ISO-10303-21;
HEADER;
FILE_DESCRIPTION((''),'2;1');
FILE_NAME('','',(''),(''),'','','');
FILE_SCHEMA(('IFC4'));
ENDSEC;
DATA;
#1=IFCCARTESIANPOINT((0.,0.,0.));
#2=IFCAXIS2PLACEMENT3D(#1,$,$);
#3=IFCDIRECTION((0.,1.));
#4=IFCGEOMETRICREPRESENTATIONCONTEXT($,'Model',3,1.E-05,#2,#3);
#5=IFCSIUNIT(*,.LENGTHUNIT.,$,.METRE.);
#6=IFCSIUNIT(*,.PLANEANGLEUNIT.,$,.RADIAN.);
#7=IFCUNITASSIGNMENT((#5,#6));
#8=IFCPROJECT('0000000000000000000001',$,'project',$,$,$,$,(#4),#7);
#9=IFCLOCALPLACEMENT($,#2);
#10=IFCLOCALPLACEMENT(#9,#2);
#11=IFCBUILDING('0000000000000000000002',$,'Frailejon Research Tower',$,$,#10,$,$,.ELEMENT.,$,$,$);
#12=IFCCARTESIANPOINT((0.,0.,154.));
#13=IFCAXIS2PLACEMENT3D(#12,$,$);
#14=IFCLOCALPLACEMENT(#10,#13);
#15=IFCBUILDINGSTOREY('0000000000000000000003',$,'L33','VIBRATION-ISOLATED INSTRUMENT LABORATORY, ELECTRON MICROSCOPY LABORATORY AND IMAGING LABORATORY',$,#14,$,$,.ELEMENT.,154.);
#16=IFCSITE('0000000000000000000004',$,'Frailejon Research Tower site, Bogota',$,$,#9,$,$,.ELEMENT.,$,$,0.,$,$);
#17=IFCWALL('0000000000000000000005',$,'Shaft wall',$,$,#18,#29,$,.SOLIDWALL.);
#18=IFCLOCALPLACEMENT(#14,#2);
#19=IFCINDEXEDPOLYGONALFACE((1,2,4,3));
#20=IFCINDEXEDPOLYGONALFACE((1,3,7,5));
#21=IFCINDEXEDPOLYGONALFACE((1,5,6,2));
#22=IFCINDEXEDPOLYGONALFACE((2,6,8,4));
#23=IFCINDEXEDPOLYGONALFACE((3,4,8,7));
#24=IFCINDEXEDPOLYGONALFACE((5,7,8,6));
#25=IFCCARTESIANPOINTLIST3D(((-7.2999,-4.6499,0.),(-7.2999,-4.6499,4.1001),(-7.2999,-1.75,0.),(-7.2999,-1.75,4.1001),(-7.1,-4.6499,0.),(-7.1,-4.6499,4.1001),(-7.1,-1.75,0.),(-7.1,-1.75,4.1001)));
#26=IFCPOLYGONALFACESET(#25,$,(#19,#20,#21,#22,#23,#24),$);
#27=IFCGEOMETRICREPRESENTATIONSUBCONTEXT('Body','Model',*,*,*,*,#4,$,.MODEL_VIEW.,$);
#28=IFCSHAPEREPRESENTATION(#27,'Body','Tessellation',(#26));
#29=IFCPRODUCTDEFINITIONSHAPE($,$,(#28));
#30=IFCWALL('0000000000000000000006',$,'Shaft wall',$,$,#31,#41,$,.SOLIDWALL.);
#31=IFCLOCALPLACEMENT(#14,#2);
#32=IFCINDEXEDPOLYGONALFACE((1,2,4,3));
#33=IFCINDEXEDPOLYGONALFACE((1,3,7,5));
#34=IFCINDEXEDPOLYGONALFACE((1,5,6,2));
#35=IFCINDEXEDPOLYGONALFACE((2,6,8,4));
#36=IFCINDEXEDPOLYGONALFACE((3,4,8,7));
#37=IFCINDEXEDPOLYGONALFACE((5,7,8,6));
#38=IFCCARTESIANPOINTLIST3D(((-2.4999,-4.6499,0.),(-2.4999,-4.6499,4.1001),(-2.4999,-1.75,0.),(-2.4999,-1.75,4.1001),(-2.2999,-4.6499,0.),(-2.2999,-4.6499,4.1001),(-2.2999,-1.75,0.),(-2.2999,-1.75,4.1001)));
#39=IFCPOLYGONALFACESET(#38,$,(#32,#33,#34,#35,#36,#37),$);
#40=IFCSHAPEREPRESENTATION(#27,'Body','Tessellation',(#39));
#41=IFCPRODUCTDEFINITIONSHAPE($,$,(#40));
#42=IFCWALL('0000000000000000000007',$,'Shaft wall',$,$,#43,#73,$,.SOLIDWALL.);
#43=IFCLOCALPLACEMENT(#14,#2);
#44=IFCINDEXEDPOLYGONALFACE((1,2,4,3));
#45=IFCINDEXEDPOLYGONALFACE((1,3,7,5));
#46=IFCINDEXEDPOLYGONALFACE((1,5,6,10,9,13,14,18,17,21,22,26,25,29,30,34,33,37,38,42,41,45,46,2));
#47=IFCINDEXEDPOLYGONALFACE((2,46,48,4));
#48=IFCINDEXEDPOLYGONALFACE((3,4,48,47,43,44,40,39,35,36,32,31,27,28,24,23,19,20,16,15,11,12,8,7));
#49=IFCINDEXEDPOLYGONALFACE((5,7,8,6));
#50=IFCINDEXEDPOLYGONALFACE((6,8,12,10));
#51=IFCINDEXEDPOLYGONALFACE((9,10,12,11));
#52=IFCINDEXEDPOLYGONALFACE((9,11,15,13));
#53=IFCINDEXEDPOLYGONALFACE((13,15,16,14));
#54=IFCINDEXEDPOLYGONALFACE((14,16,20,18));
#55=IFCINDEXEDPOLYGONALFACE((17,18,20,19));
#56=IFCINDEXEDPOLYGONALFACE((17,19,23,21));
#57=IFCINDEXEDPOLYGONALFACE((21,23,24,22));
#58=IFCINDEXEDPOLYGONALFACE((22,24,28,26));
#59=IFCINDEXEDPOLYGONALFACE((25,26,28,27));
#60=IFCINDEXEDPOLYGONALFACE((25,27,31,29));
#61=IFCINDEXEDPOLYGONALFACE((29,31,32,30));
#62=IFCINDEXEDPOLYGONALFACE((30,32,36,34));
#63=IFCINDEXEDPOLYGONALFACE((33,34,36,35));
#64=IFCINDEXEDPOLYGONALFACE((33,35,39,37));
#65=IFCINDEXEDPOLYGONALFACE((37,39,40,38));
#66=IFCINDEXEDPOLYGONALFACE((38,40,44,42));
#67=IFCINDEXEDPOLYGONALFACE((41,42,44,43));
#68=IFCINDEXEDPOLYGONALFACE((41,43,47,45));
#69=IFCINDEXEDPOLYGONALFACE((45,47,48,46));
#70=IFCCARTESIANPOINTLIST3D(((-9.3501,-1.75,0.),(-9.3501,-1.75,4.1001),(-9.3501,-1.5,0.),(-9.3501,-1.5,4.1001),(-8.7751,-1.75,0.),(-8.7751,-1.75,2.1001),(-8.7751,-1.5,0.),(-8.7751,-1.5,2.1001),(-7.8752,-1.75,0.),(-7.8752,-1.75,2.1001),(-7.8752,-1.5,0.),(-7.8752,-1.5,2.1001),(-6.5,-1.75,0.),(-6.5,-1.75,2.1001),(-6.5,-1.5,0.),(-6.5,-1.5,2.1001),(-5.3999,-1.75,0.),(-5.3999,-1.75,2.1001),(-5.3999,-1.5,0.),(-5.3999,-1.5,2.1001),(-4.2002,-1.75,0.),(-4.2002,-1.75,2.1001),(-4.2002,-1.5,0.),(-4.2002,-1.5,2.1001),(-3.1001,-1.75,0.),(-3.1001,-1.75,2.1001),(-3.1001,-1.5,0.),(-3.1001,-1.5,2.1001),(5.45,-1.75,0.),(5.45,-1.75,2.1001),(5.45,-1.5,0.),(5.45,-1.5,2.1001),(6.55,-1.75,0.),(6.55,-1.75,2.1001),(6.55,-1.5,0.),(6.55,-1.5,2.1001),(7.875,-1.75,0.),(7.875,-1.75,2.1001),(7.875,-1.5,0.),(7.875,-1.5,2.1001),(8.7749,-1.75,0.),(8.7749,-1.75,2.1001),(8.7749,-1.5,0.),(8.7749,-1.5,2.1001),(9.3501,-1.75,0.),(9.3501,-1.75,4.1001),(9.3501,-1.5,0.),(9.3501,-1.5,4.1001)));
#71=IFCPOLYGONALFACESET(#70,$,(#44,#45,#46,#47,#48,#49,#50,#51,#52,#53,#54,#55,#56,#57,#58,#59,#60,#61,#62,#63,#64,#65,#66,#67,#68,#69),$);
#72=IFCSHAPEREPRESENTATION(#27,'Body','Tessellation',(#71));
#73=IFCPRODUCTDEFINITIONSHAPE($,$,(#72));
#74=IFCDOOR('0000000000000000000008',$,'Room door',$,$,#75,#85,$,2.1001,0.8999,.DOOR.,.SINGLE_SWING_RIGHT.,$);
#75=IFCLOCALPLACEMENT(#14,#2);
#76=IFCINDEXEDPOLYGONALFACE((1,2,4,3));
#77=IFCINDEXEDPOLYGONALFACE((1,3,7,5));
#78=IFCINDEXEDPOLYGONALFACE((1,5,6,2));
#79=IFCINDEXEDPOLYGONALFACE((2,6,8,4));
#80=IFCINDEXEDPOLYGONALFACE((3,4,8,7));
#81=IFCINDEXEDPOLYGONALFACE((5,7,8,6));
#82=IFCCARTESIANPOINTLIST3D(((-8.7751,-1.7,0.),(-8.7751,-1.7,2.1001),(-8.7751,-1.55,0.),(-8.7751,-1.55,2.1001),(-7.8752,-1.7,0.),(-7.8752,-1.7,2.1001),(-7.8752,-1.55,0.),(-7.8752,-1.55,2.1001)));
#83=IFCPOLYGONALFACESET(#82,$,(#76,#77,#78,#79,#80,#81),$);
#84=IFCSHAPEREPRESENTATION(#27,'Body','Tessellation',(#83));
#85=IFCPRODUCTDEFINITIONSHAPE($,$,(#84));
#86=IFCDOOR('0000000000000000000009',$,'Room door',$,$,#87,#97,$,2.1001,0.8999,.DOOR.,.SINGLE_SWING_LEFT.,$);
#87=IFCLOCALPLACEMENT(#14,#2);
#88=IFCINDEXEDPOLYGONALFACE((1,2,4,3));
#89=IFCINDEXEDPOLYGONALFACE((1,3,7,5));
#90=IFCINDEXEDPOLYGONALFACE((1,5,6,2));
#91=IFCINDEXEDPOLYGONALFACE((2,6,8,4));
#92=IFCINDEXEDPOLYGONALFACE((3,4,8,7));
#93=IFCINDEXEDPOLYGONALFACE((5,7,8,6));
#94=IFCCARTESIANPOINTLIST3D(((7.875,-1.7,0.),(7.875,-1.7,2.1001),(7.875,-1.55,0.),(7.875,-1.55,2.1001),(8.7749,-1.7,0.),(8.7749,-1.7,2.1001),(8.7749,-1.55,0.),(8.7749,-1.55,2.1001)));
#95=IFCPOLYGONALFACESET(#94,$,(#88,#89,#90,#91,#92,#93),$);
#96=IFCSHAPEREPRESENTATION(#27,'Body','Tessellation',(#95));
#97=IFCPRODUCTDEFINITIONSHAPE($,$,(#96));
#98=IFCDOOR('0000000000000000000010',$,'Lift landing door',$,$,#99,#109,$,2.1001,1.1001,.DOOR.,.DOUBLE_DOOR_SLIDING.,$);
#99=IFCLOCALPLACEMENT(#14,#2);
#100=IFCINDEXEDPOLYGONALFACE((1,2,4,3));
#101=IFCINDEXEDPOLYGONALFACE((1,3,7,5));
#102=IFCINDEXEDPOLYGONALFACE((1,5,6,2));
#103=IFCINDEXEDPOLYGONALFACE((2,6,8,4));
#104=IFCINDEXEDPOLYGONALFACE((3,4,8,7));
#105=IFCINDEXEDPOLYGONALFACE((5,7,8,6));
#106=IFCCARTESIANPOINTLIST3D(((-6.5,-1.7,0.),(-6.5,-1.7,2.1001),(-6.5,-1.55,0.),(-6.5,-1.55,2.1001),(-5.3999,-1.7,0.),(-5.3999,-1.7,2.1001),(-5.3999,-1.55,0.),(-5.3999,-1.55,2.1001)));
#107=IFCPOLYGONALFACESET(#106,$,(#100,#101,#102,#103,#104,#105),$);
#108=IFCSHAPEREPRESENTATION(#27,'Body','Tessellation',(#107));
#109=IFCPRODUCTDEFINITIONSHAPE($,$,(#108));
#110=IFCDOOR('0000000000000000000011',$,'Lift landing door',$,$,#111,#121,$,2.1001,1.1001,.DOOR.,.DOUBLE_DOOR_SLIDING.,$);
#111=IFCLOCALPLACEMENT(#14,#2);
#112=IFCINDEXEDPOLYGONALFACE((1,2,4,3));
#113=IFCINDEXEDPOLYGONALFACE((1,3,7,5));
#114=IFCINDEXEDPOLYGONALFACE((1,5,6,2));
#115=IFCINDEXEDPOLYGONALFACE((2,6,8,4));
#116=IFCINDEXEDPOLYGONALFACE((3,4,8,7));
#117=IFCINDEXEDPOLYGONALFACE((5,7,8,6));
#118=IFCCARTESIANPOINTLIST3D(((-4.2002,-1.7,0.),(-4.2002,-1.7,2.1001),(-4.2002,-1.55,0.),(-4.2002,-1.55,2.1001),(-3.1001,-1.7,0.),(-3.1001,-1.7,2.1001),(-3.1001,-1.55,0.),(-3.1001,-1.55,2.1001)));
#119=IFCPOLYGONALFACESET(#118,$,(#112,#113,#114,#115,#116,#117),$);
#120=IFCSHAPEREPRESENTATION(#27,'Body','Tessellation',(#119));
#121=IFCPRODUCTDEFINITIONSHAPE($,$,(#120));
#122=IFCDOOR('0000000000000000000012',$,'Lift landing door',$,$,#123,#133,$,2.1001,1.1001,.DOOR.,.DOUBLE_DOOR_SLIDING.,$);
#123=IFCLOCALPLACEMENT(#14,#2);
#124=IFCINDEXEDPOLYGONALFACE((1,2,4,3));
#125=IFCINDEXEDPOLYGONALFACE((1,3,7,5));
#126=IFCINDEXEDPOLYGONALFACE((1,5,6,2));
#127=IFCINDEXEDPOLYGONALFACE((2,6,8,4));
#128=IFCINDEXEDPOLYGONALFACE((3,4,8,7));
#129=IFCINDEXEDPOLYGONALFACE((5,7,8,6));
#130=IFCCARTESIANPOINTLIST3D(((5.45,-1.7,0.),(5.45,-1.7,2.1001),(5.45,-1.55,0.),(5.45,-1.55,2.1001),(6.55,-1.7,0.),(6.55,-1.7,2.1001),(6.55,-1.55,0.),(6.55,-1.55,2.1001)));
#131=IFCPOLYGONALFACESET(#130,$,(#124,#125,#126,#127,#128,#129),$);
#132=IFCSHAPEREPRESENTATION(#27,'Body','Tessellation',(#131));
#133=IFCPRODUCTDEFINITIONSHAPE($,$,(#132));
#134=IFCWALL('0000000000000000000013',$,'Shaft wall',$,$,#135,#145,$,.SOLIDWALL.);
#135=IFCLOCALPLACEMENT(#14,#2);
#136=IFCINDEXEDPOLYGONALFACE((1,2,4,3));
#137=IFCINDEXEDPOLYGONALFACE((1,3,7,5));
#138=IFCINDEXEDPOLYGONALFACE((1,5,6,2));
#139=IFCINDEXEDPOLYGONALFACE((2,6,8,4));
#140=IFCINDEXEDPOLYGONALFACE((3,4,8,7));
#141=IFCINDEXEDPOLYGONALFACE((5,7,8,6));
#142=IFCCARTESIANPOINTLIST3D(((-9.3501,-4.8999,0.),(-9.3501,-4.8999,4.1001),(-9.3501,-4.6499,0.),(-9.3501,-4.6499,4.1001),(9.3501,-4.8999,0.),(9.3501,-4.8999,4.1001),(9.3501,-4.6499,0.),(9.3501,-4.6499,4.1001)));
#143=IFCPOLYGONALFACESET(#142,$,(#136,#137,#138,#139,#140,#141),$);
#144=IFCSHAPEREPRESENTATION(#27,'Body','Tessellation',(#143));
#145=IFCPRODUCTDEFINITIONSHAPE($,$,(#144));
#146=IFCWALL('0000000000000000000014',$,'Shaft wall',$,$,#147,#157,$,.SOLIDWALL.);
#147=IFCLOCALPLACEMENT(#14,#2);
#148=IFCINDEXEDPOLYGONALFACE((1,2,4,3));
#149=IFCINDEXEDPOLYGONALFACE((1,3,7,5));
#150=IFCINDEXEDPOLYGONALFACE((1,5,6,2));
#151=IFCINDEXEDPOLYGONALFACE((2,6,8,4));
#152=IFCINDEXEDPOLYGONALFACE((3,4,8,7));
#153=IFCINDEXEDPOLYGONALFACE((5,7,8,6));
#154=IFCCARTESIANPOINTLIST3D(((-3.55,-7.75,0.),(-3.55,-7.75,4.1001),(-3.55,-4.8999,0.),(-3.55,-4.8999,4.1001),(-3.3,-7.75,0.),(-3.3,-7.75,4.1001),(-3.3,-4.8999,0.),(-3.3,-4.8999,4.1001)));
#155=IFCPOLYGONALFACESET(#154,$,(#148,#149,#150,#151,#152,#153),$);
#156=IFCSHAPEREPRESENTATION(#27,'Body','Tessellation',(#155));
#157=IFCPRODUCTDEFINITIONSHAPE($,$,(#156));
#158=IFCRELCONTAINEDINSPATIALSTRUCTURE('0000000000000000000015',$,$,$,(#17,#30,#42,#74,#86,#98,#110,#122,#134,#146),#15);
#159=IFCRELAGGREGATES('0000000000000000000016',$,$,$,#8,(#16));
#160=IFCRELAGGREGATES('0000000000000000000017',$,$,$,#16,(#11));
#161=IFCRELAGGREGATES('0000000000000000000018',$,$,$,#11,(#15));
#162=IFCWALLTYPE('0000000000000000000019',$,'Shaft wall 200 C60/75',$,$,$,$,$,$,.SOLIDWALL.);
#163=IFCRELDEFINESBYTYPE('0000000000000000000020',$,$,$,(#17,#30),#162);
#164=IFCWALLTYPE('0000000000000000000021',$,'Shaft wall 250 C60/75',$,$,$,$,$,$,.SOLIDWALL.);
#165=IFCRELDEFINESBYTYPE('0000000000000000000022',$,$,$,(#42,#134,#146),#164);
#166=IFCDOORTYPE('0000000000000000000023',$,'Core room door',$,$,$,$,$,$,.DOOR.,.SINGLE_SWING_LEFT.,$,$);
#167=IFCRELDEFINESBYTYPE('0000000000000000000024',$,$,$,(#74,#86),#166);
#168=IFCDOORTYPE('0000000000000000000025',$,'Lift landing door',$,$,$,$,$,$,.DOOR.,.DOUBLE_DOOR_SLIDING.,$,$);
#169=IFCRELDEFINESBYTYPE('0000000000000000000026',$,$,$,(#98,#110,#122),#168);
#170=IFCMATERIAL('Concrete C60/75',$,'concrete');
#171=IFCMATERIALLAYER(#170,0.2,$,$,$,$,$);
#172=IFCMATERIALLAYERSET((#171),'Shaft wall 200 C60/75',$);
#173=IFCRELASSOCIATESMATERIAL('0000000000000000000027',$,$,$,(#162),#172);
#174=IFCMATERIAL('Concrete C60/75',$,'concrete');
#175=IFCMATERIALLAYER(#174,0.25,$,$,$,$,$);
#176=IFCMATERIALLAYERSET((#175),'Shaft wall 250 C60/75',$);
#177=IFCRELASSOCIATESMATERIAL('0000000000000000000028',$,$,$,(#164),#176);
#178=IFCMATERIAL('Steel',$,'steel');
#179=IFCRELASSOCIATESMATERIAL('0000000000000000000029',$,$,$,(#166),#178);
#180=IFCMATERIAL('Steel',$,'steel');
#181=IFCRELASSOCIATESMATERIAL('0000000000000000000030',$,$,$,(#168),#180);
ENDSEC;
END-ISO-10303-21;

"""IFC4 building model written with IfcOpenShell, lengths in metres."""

from ifc_helpers import new_model, si_unit, direction, frame, frame_2d, origin, place, context, subcontext, project, spatial, rectangle, extrude, material, layer, layer_set, type_object, element, fill, save


model = new_model("IFC4")

# Units and contexts
model_context = context("Model", 3, precision=1e-05, world=origin(), true_north=direction((0.0, 1.0)))
body_context = subcontext(model_context, "Body", "Model", "MODEL_VIEW")
ifc_project = project(units=[si_unit("LENGTHUNIT", "METRE"), si_unit("PLANEANGLEUNIT", "RADIAN")], contexts=[model_context])

# Site, building, storey
site_placement = place(None, origin())
site = spatial("IfcSite", under=ifc_project, at=site_placement, Name="Frailejon Research Tower site, Bogota", CompositionType="ELEMENT", RefElevation=0.0)
building_placement = place(site_placement, origin())
building = spatial("IfcBuilding", under=site, at=building_placement, Name="Frailejon Research Tower", CompositionType="ELEMENT")
storey_placement = place(building_placement, frame((0.0, 0.0, 154.0)))
storey = spatial("IfcBuildingStorey", under=building, at=storey_placement, Name="L33", Description="VIBRATION-ISOLATED INSTRUMENT LABORATORY, ELECTRON MICROSCOPY LABORATORY AND IMAGING LABORATORY", CompositionType="ELEMENT", Elevation=154.0)

# Walls
ifc_material_1 = material(Name="Concrete C60/75", Category="concrete")
ifc_layer_1 = layer(ifc_material_1, 0.2)
ifc_layer_set_1 = layer_set([ifc_layer_1], Name="Shaft wall 200 C60/75")
wall_type_1 = type_object("IfcWallType", Name="Shaft wall 200 C60/75", PredefinedType="SOLIDWALL", material=ifc_layer_set_1)
for number, where, z_axis, x_axis, name in (
    (1, (-7.2, -4.6499, 0.0), (0.0, 0.0, 1.0), (0.0, 1.0, 0.0), "Shaft wall"),
    (2, (-2.3999, -4.6499, 0.0), (0.0, 0.0, 1.0), (0.0, 1.0, 0.0), "Shaft wall"),
):
    element("IfcWall", number, at=place(storey_placement, frame(where, z_axis=z_axis, x_axis=x_axis)), inside=storey, type_object=wall_type_1, Name=name, PredefinedType="SOLIDWALL", context=body_context, shape_type="SweptSolid", body=[
        extrude(rectangle(XDim=2.8999, YDim=0.2, at=frame_2d((1.45, 0.0))), origin(), (0.0, 0.0, 1.0), 4.1001),
    ])

# Wall, openings, doors
ifc_material_2 = material(Name="Concrete C60/75", Category="concrete")
ifc_layer_2 = layer(ifc_material_2, 0.25)
ifc_layer_set_2 = layer_set([ifc_layer_2], Name="Shaft wall 250 C60/75")
wall_type_2 = type_object("IfcWallType", Name="Shaft wall 250 C60/75", PredefinedType="SOLIDWALL", material=ifc_layer_set_2)
wall_1_placement = place(storey_placement, frame((-9.3501, -1.625, 0.0), z_axis=(0.0, 0.0, 1.0), x_axis=(1.0, 0.0, 0.0)))
wall_1 = element("IfcWall", 3, at=wall_1_placement, inside=storey, type_object=wall_type_2, Name="Shaft wall", PredefinedType="SOLIDWALL", context=body_context, shape_type="SweptSolid", body=[
    extrude(rectangle(XDim=18.7002, YDim=0.25, at=frame_2d((9.3501, 0.0))), origin(), (0.0, 0.0, 1.0), 4.1001),
])
opening_1_placement = place(wall_1_placement, frame((2.8501, 0.0, 0.0)))
opening_1 = element("IfcOpeningElement", 4, at=opening_1_placement, cuts=wall_1, PredefinedType="OPENING", context=body_context, shape_type="SweptSolid", body=[
    extrude(rectangle(XDim=1.1001, YDim=2.1001, at=frame_2d((0.55, 1.05))), frame((0.0, 0.135, 0.0), z_axis=(0.0, -1.0, 0.0), x_axis=(1.0, 0.0, 0.0)), (0.0, 0.0, 1.0), 0.27),
])
opening_2_placement = place(wall_1_placement, frame((5.1499, 0.0, 0.0)))
opening_2 = element("IfcOpeningElement", 5, at=opening_2_placement, cuts=wall_1, PredefinedType="OPENING", context=body_context, shape_type="SweptSolid", body=[
    extrude(rectangle(XDim=1.1001, YDim=2.1001, at=frame_2d((0.55, 1.05))), frame((0.0, 0.135, 0.0), z_axis=(0.0, -1.0, 0.0), x_axis=(1.0, 0.0, 0.0)), (0.0, 0.0, 1.0), 0.27),
])
opening_3_placement = place(wall_1_placement, frame((14.8, 0.0, 0.0)))
opening_3 = element("IfcOpeningElement", 6, at=opening_3_placement, cuts=wall_1, PredefinedType="OPENING", context=body_context, shape_type="SweptSolid", body=[
    extrude(rectangle(XDim=1.1001, YDim=2.1001, at=frame_2d((0.55, 1.05))), frame((0.0, 0.135, 0.0), z_axis=(0.0, -1.0, 0.0), x_axis=(1.0, 0.0, 0.0)), (0.0, 0.0, 1.0), 0.27),
])
opening_4_placement = place(wall_1_placement, frame((0.575, 0.0, 0.0)))
opening_4 = element("IfcOpeningElement", 7, at=opening_4_placement, cuts=wall_1, PredefinedType="OPENING", context=body_context, shape_type="SweptSolid", body=[
    extrude(rectangle(XDim=0.8999, YDim=2.1001, at=frame_2d((0.45, 1.05))), frame((0.0, 0.135, 0.0), z_axis=(0.0, -1.0, 0.0), x_axis=(1.0, 0.0, 0.0)), (0.0, 0.0, 1.0), 0.27),
])
opening_5_placement = place(wall_1_placement, frame((17.2251, 0.0, 0.0)))
opening_5 = element("IfcOpeningElement", 8, at=opening_5_placement, cuts=wall_1, PredefinedType="OPENING", context=body_context, shape_type="SweptSolid", body=[
    extrude(rectangle(XDim=0.8999, YDim=2.1001, at=frame_2d((0.45, 1.05))), frame((0.0, 0.135, 0.0), z_axis=(0.0, -1.0, 0.0), x_axis=(1.0, 0.0, 0.0)), (0.0, 0.0, 1.0), 0.27),
])
ifc_material_3 = material(Name="Steel", Category="steel")
door_type_1 = type_object("IfcDoorType", Name="Core room door", OperationType="SINGLE_SWING_LEFT", PredefinedType="DOOR", material=ifc_material_3)
door_1_placement = place(opening_4_placement, origin())
door_1 = element("IfcDoor", 9, at=door_1_placement, inside=storey, type_object=door_type_1, Name="Room door", OperationType="SINGLE_SWING_RIGHT", OverallHeight=2.1001, OverallWidth=0.8999, PredefinedType="DOOR", context=body_context, shape_type="SweptSolid", body=[
    extrude(rectangle(XDim=0.8999, YDim=2.1001, at=frame_2d((0.45, 1.05))), frame((0.0, 0.075, 0.0), z_axis=(0.0, -1.0, 0.0), x_axis=(1.0, 0.0, 0.0)), (0.0, 0.0, 1.0), 0.1499),
])
fill(opening_4, door_1)
door_2_placement = place(opening_5_placement, origin())
door_2 = element("IfcDoor", 10, at=door_2_placement, inside=storey, type_object=door_type_1, Name="Room door", OperationType="SINGLE_SWING_LEFT", OverallHeight=2.1001, OverallWidth=0.8999, PredefinedType="DOOR", context=body_context, shape_type="SweptSolid", body=[
    extrude(rectangle(XDim=0.8999, YDim=2.1001, at=frame_2d((0.45, 1.05))), frame((0.0, 0.075, 0.0), z_axis=(0.0, -1.0, 0.0), x_axis=(1.0, 0.0, 0.0)), (0.0, 0.0, 1.0), 0.1499),
])
fill(opening_5, door_2)
ifc_material_4 = material(Name="Steel", Category="steel")
door_type_2 = type_object("IfcDoorType", Name="Lift landing door", OperationType="DOUBLE_DOOR_SLIDING", PredefinedType="DOOR", material=ifc_material_4)
door_3_placement = place(opening_1_placement, origin())
door_3 = element("IfcDoor", 11, at=door_3_placement, inside=storey, type_object=door_type_2, Name="Lift landing door", OperationType="DOUBLE_DOOR_SLIDING", OverallHeight=2.1001, OverallWidth=1.1001, PredefinedType="DOOR", context=body_context, shape_type="SweptSolid", body=[
    extrude(rectangle(XDim=1.1001, YDim=2.1001, at=frame_2d((0.55, 1.05))), frame((0.0, 0.075, 0.0), z_axis=(0.0, -1.0, 0.0), x_axis=(1.0, 0.0, 0.0)), (0.0, 0.0, 1.0), 0.1499),
])
fill(opening_1, door_3)
door_4_placement = place(opening_2_placement, origin())
door_4 = element("IfcDoor", 12, at=door_4_placement, inside=storey, type_object=door_type_2, Name="Lift landing door", OperationType="DOUBLE_DOOR_SLIDING", OverallHeight=2.1001, OverallWidth=1.1001, PredefinedType="DOOR", context=body_context, shape_type="SweptSolid", body=[
    extrude(rectangle(XDim=1.1001, YDim=2.1001, at=frame_2d((0.55, 1.05))), frame((0.0, 0.075, 0.0), z_axis=(0.0, -1.0, 0.0), x_axis=(1.0, 0.0, 0.0)), (0.0, 0.0, 1.0), 0.1499),
])
fill(opening_2, door_4)
door_5_placement = place(opening_3_placement, origin())
door_5 = element("IfcDoor", 13, at=door_5_placement, inside=storey, type_object=door_type_2, Name="Lift landing door", OperationType="DOUBLE_DOOR_SLIDING", OverallHeight=2.1001, OverallWidth=1.1001, PredefinedType="DOOR", context=body_context, shape_type="SweptSolid", body=[
    extrude(rectangle(XDim=1.1001, YDim=2.1001, at=frame_2d((0.55, 1.05))), frame((0.0, 0.075, 0.0), z_axis=(0.0, -1.0, 0.0), x_axis=(1.0, 0.0, 0.0)), (0.0, 0.0, 1.0), 0.1499),
])
fill(opening_3, door_5)

# Walls
wall_2_placement = place(storey_placement, frame((-9.3501, -4.7749, 0.0), z_axis=(0.0, 0.0, 1.0), x_axis=(1.0, 0.0, 0.0)))
element("IfcWall", 14, at=wall_2_placement, inside=storey, type_object=wall_type_2, Name="Shaft wall", PredefinedType="SOLIDWALL", context=body_context, shape_type="SweptSolid", body=[
    extrude(rectangle(XDim=18.7002, YDim=0.25, at=frame_2d((9.3501, 0.0))), origin(), (0.0, 0.0, 1.0), 4.1001),
])
wall_3_placement = place(storey_placement, frame((-3.425, -7.75, 0.0), z_axis=(0.0, 0.0, 1.0), x_axis=(0.0, 1.0, 0.0)))
element("IfcWall", 15, at=wall_3_placement, inside=storey, type_object=wall_type_2, Name="Shaft wall", PredefinedType="SOLIDWALL", context=body_context, shape_type="SweptSolid", body=[
    extrude(rectangle(XDim=2.8501, YDim=0.25, at=frame_2d((1.425, 0.0))), origin(), (0.0, 0.0, 1.0), 4.1001),
])

save(model, "model.ifc")
